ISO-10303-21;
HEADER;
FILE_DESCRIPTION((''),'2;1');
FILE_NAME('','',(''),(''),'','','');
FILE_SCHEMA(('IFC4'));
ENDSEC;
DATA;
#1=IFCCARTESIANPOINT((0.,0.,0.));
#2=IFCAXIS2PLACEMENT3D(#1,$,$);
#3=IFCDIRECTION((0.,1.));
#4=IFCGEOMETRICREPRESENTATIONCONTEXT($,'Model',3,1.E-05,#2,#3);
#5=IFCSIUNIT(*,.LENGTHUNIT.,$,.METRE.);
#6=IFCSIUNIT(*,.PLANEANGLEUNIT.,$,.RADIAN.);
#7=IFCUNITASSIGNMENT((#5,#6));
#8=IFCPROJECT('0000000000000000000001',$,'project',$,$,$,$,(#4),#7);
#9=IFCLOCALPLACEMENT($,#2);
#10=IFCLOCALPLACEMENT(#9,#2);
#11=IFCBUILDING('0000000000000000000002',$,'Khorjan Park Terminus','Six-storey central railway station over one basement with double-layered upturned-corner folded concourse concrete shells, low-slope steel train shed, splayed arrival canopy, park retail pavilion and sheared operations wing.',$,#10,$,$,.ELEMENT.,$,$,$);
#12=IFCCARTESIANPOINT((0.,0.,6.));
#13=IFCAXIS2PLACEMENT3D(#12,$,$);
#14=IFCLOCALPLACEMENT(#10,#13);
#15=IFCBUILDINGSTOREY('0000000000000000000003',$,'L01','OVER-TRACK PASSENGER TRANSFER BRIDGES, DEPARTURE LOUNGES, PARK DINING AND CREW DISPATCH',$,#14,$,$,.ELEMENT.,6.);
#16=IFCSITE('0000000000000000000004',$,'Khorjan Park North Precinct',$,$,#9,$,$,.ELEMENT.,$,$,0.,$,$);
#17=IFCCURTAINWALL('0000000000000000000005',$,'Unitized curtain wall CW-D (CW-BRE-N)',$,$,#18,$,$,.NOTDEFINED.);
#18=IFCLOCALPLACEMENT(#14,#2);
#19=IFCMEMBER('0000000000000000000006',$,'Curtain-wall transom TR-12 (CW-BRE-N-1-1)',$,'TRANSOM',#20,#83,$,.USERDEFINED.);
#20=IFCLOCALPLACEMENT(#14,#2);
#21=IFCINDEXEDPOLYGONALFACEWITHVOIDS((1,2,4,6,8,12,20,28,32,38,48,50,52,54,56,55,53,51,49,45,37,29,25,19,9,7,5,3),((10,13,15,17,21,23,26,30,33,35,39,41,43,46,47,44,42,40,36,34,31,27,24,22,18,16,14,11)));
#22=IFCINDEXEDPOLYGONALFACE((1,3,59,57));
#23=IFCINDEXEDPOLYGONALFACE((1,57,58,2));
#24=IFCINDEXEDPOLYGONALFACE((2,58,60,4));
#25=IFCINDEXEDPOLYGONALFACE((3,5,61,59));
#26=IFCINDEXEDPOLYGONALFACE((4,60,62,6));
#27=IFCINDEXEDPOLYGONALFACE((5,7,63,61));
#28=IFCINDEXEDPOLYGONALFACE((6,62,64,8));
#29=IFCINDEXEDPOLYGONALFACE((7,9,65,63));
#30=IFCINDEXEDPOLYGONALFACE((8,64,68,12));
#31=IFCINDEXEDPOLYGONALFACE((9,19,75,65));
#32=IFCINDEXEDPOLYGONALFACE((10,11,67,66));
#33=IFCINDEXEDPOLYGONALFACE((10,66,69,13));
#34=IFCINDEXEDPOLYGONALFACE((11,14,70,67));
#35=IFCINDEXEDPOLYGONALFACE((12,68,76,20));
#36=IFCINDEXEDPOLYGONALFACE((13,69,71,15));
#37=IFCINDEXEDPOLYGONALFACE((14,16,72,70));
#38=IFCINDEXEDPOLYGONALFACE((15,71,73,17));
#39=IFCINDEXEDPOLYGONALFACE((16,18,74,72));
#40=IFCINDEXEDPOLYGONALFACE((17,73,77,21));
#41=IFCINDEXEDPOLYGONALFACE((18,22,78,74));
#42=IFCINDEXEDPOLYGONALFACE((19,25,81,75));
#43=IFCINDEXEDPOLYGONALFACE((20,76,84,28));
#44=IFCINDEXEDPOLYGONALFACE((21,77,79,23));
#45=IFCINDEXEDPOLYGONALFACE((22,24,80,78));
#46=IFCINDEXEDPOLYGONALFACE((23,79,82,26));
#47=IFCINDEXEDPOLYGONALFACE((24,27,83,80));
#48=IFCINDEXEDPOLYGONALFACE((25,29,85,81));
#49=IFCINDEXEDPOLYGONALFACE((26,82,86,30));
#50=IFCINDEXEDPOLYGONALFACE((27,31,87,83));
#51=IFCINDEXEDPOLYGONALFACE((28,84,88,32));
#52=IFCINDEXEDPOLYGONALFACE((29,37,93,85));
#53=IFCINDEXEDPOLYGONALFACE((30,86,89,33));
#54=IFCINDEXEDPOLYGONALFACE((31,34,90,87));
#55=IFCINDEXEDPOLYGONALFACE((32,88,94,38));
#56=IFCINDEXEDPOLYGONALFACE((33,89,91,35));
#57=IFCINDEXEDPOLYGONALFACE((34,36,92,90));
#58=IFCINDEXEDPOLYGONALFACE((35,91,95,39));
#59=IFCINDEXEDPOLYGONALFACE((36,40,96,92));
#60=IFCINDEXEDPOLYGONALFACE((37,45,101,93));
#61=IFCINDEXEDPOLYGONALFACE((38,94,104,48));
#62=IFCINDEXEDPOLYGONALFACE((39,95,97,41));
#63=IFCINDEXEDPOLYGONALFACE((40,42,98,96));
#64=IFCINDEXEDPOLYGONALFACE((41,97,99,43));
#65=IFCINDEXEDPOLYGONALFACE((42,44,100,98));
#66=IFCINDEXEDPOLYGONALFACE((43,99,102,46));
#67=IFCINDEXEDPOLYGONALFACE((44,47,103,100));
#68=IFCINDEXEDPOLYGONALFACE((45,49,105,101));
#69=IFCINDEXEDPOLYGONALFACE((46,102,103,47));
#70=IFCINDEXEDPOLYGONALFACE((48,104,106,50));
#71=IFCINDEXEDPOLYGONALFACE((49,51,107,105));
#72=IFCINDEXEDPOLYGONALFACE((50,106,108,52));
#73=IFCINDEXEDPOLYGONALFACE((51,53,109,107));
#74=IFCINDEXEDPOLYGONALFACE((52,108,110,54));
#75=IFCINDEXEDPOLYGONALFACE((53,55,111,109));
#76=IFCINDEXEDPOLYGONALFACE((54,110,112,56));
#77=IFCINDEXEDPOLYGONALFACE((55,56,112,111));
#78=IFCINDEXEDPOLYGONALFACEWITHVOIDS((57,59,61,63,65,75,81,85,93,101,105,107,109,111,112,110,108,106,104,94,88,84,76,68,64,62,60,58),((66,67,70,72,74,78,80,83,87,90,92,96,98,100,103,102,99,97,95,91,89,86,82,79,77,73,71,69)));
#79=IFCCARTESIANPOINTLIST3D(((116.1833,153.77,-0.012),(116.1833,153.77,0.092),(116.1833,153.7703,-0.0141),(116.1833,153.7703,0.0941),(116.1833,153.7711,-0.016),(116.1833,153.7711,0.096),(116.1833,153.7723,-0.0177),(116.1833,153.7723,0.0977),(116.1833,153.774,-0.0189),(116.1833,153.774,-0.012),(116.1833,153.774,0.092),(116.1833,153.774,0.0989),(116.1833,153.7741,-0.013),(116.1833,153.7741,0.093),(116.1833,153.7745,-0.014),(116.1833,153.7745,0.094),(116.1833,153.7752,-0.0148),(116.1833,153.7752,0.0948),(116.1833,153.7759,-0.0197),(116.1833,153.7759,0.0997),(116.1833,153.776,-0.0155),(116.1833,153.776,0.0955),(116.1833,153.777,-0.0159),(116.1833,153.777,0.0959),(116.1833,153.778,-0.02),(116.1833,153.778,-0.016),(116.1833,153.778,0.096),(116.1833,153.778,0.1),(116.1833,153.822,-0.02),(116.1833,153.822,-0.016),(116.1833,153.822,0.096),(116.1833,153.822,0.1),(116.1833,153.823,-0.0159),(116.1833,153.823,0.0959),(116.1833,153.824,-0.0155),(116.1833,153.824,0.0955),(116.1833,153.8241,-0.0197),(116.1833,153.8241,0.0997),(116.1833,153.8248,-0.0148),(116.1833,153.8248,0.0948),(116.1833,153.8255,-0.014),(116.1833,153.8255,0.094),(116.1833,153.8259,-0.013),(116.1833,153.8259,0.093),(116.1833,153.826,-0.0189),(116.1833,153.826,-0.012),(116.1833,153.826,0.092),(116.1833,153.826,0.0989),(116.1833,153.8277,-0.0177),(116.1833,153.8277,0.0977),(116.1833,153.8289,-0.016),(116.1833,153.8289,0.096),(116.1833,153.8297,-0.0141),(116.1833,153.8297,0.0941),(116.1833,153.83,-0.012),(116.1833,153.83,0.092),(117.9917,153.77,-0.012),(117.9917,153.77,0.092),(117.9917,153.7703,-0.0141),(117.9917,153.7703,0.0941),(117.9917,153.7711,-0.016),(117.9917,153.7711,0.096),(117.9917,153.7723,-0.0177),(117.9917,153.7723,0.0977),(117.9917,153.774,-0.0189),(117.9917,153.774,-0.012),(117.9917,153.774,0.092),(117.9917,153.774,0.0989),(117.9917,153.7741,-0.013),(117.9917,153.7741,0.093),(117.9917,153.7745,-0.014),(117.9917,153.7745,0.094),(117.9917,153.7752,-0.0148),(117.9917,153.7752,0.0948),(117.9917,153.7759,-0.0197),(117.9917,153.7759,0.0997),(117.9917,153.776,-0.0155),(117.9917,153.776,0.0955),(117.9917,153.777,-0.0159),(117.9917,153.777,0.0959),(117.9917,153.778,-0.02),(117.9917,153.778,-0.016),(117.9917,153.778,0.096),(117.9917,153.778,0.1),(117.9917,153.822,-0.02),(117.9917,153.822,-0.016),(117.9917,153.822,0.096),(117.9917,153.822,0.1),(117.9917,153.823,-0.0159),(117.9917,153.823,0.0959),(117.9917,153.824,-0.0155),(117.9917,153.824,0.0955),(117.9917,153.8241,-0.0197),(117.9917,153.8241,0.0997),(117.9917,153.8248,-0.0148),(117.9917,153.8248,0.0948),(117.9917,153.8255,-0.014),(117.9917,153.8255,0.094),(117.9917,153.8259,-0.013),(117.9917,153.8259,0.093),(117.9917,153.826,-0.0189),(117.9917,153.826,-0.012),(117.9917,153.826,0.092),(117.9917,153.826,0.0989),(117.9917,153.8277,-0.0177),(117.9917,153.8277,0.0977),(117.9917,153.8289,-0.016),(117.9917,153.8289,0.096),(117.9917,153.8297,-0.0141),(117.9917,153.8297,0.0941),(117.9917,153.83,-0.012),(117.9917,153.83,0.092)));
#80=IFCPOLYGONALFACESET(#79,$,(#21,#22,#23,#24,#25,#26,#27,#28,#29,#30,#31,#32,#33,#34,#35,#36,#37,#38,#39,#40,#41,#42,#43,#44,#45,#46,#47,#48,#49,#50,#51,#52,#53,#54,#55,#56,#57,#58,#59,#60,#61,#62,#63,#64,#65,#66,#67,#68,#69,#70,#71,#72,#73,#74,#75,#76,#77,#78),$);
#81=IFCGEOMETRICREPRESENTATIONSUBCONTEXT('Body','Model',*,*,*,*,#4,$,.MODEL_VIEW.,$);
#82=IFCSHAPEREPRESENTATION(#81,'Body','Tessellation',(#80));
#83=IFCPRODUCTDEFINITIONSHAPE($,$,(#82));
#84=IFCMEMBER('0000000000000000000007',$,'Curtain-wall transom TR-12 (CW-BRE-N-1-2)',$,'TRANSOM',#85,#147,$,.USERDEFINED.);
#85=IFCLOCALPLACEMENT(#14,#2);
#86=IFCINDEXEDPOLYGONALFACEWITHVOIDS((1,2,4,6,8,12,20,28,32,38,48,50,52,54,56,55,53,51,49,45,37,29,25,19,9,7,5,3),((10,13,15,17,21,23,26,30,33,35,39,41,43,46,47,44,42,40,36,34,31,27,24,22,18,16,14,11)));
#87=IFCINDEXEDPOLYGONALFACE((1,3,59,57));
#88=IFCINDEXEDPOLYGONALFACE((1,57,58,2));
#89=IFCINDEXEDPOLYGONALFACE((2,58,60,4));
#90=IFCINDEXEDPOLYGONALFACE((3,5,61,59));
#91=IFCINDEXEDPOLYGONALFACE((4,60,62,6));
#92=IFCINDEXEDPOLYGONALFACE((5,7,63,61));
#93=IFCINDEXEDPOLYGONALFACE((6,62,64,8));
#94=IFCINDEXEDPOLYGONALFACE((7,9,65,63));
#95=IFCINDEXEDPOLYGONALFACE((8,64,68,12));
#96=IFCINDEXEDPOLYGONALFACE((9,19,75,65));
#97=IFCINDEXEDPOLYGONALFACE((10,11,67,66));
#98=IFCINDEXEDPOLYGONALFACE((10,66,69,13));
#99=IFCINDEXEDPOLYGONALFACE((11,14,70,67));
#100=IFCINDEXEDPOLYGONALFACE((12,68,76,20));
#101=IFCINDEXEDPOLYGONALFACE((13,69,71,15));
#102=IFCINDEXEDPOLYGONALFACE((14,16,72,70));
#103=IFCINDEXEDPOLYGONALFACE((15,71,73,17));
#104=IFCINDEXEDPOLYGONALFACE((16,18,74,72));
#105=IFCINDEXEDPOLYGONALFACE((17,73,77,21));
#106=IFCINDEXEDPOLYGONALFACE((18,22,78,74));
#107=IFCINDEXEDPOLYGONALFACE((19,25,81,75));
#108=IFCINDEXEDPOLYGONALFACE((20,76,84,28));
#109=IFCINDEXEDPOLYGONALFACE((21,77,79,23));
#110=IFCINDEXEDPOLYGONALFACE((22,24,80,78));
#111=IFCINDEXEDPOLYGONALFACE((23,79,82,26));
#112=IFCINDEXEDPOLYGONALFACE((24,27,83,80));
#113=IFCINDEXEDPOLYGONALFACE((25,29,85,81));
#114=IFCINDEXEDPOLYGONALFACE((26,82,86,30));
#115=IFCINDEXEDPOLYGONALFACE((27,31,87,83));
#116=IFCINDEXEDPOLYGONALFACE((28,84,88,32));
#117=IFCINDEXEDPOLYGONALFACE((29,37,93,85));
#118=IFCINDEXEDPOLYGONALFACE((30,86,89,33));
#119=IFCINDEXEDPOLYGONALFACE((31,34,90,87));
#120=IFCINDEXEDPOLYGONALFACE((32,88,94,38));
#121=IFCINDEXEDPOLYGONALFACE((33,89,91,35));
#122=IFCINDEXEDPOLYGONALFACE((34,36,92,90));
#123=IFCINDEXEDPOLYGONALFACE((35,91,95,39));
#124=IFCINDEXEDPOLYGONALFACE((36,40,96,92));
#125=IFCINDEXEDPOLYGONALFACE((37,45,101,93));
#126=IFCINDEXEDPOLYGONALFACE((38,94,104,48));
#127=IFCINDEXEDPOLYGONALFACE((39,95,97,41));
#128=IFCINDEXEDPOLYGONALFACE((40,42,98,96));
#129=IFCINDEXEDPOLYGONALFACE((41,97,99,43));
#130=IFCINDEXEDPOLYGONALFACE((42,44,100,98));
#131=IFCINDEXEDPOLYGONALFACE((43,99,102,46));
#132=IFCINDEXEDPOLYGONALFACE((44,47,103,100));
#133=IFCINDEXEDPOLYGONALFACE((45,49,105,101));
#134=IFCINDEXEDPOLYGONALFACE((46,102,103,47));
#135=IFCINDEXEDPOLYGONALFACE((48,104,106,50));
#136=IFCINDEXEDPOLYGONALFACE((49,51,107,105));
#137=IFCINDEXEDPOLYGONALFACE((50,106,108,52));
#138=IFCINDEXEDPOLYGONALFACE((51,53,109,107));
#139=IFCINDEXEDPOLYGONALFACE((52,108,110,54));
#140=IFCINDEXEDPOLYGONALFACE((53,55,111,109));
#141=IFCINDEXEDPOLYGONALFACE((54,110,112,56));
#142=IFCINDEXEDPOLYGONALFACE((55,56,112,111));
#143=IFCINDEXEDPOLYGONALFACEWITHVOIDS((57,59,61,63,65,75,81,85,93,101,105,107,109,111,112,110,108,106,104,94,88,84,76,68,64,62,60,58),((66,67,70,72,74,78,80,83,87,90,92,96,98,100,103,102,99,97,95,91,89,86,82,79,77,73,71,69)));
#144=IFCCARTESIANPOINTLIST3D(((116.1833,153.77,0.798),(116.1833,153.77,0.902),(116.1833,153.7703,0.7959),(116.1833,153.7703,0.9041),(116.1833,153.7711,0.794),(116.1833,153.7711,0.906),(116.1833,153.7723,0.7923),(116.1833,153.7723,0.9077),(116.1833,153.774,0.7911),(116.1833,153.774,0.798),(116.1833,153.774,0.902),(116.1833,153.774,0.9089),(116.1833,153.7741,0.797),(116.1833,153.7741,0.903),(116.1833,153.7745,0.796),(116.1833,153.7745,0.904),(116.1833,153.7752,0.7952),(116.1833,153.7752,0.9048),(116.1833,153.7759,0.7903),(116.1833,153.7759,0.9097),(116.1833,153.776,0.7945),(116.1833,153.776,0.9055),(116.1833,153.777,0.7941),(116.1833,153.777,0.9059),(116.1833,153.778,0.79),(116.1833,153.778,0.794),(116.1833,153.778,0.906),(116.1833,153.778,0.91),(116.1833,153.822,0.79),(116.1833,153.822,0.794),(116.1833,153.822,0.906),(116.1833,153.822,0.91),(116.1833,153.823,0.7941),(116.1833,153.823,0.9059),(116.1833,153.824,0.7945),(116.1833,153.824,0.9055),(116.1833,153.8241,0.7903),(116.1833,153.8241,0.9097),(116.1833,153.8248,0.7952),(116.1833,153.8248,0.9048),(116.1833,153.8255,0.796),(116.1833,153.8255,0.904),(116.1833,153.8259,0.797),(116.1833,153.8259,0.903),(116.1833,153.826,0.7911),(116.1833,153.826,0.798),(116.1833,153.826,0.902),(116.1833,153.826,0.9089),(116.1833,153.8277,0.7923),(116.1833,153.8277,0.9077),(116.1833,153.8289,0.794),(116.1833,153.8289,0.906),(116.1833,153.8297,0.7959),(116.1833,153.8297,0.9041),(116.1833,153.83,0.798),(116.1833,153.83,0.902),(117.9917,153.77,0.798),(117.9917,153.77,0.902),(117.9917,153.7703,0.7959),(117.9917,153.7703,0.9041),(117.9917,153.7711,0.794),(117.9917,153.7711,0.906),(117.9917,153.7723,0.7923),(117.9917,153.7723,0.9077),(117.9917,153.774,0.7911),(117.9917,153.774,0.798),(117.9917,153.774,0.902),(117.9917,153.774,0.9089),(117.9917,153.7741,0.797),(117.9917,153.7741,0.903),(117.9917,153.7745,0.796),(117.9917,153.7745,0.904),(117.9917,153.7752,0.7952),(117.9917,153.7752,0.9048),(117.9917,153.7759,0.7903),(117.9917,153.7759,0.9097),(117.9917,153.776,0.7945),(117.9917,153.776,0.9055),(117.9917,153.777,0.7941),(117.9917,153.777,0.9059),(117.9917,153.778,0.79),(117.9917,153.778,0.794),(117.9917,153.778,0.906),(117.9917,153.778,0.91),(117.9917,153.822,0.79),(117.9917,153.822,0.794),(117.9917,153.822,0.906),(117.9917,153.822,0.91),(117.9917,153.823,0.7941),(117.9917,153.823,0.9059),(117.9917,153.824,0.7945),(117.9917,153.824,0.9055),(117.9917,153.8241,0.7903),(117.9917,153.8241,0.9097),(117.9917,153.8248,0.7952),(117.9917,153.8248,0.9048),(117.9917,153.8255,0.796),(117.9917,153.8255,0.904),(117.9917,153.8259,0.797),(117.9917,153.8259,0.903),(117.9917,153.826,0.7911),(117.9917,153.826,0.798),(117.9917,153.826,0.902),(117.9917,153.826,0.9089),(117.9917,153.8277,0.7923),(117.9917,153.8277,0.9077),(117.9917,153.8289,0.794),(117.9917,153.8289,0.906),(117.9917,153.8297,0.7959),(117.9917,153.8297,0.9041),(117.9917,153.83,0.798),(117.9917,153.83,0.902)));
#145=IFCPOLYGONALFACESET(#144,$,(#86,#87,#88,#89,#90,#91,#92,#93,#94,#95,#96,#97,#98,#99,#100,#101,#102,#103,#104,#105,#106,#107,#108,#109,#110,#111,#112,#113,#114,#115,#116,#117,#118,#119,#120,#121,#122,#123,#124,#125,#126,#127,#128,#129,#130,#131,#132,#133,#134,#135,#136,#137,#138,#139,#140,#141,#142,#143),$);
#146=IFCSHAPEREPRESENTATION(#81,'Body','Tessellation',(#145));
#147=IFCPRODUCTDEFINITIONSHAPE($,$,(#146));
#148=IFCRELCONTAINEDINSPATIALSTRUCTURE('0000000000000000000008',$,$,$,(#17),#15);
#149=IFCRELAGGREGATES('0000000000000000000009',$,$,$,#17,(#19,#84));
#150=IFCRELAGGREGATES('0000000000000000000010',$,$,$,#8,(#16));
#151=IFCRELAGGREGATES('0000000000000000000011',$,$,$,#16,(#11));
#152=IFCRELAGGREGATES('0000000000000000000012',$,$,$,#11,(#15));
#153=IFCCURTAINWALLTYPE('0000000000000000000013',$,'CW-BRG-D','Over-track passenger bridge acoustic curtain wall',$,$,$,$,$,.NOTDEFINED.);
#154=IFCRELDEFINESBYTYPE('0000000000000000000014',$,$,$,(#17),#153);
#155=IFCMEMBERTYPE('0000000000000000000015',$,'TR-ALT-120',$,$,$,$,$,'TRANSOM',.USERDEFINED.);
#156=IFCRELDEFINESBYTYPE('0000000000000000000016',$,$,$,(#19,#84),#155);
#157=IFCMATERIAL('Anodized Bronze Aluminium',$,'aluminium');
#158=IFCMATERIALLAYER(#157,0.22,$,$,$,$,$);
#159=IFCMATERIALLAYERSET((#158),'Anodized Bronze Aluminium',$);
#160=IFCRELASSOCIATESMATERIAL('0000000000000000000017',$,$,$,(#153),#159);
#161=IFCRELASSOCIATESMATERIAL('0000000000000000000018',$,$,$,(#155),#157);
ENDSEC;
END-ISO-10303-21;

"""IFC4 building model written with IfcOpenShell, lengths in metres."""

from ifc_helpers import new_model, si_unit, direction, frame, origin, origin_2d, place, context, subcontext, project, spatial, hollow_rectangle, extrude, material, layer, layer_set, material_profile, profile_set, type_object, element, aggregate, save


model = new_model("IFC4")

# Units and contexts
model_context = context("Model", 3, precision=1e-05, world=origin(), true_north=direction((0.0, 1.0)))
body_context = subcontext(model_context, "Body", "Model", "MODEL_VIEW")
ifc_project = project(units=[si_unit("LENGTHUNIT", "METRE"), si_unit("PLANEANGLEUNIT", "RADIAN")], contexts=[model_context])

# Site, building, storey
site_placement = place(None, origin())
site = spatial("IfcSite", under=ifc_project, at=site_placement, Name="Khorjan Park North Precinct", CompositionType="ELEMENT", RefElevation=0.0)
building_placement = place(site_placement, origin())
building = spatial("IfcBuilding", under=site, at=building_placement, Name="Khorjan Park Terminus", Description="Six-storey central railway station over one basement with double-layered upturned-corner folded concourse concrete shells, low-slope steel train shed, splayed arrival canopy, park retail pavilion and sheared operations wing.", CompositionType="ELEMENT")
storey_placement = place(building_placement, frame((0.0, 0.0, 6.0)))
storey = spatial("IfcBuildingStorey", under=building, at=storey_placement, Name="L01", Description="OVER-TRACK PASSENGER TRANSFER BRIDGES, DEPARTURE LOUNGES, PARK DINING AND CREW DISPATCH", CompositionType="ELEMENT", Elevation=6.0)

# Curtain wall, members
ifc_material_1 = material(Name="Anodized Bronze Aluminium", Category="aluminium")
ifc_layer_1 = layer(ifc_material_1, 0.22)
ifc_layer_set_1 = layer_set([ifc_layer_1], Name="Anodized Bronze Aluminium")
curtain_wall_type = type_object("IfcCurtainWallType", Name="CW-BRG-D", Description="Over-track passenger bridge acoustic curtain wall", PredefinedType="NOTDEFINED", material=ifc_layer_set_1)
curtain_wall_placement = place(storey_placement, origin())
curtain_wall = element("IfcCurtainWall", 1, at=curtain_wall_placement, inside=storey, type_object=curtain_wall_type, Name="Unitized curtain wall CW-D (CW-BRE-N)", PredefinedType="NOTDEFINED")
ifc_material_profile_1 = material_profile(ifc_material_1, hollow_rectangle(XDim=0.06, YDim=0.12, WallThickness=0.004, InnerFilletRadius=0.004, OuterFilletRadius=0.008, at=origin_2d()), Name="ALT 60x120x4")
ifc_profile_set_1 = profile_set([ifc_material_profile_1], Name="Anodized Bronze Aluminium")
member_type_1 = type_object("IfcMemberType", Name="TR-ALT-120", ElementType="TRANSOM", PredefinedType="USERDEFINED", material=ifc_profile_set_1)
member_1_placement = place(storey_placement, frame((117.9917, 153.8, 0.04), z_axis=(-1.0, 0.0, 0.0), x_axis=(0.0, -1.0, 0.0)))
member_1 = element("IfcMember", 2, at=member_1_placement, type_object=member_type_1, Name="Curtain-wall transom TR-12 (CW-BRE-N-1-1)", ObjectType="TRANSOM", PredefinedType="USERDEFINED", context=body_context, shape_type="SweptSolid", body=[
    extrude(hollow_rectangle(XDim=0.06, YDim=0.12, WallThickness=0.004, InnerFilletRadius=0.004, OuterFilletRadius=0.008, at=origin_2d()), origin(), (0.0, 0.0, 1.0), 1.8084),
])
member_2_placement = place(storey_placement, frame((117.9917, 153.8, 0.85), z_axis=(-1.0, 0.0, 0.0), x_axis=(0.0, -1.0, 0.0)))
member_2 = element("IfcMember", 3, at=member_2_placement, type_object=member_type_1, Name="Curtain-wall transom TR-12 (CW-BRE-N-1-2)", ObjectType="TRANSOM", PredefinedType="USERDEFINED", context=body_context, shape_type="SweptSolid", body=[
    extrude(hollow_rectangle(XDim=0.06, YDim=0.12, WallThickness=0.004, InnerFilletRadius=0.004, OuterFilletRadius=0.008, at=origin_2d()), origin(), (0.0, 0.0, 1.0), 1.8084),
])
aggregate(curtain_wall, [member_1, member_2])

save(model, "model.ifc")
